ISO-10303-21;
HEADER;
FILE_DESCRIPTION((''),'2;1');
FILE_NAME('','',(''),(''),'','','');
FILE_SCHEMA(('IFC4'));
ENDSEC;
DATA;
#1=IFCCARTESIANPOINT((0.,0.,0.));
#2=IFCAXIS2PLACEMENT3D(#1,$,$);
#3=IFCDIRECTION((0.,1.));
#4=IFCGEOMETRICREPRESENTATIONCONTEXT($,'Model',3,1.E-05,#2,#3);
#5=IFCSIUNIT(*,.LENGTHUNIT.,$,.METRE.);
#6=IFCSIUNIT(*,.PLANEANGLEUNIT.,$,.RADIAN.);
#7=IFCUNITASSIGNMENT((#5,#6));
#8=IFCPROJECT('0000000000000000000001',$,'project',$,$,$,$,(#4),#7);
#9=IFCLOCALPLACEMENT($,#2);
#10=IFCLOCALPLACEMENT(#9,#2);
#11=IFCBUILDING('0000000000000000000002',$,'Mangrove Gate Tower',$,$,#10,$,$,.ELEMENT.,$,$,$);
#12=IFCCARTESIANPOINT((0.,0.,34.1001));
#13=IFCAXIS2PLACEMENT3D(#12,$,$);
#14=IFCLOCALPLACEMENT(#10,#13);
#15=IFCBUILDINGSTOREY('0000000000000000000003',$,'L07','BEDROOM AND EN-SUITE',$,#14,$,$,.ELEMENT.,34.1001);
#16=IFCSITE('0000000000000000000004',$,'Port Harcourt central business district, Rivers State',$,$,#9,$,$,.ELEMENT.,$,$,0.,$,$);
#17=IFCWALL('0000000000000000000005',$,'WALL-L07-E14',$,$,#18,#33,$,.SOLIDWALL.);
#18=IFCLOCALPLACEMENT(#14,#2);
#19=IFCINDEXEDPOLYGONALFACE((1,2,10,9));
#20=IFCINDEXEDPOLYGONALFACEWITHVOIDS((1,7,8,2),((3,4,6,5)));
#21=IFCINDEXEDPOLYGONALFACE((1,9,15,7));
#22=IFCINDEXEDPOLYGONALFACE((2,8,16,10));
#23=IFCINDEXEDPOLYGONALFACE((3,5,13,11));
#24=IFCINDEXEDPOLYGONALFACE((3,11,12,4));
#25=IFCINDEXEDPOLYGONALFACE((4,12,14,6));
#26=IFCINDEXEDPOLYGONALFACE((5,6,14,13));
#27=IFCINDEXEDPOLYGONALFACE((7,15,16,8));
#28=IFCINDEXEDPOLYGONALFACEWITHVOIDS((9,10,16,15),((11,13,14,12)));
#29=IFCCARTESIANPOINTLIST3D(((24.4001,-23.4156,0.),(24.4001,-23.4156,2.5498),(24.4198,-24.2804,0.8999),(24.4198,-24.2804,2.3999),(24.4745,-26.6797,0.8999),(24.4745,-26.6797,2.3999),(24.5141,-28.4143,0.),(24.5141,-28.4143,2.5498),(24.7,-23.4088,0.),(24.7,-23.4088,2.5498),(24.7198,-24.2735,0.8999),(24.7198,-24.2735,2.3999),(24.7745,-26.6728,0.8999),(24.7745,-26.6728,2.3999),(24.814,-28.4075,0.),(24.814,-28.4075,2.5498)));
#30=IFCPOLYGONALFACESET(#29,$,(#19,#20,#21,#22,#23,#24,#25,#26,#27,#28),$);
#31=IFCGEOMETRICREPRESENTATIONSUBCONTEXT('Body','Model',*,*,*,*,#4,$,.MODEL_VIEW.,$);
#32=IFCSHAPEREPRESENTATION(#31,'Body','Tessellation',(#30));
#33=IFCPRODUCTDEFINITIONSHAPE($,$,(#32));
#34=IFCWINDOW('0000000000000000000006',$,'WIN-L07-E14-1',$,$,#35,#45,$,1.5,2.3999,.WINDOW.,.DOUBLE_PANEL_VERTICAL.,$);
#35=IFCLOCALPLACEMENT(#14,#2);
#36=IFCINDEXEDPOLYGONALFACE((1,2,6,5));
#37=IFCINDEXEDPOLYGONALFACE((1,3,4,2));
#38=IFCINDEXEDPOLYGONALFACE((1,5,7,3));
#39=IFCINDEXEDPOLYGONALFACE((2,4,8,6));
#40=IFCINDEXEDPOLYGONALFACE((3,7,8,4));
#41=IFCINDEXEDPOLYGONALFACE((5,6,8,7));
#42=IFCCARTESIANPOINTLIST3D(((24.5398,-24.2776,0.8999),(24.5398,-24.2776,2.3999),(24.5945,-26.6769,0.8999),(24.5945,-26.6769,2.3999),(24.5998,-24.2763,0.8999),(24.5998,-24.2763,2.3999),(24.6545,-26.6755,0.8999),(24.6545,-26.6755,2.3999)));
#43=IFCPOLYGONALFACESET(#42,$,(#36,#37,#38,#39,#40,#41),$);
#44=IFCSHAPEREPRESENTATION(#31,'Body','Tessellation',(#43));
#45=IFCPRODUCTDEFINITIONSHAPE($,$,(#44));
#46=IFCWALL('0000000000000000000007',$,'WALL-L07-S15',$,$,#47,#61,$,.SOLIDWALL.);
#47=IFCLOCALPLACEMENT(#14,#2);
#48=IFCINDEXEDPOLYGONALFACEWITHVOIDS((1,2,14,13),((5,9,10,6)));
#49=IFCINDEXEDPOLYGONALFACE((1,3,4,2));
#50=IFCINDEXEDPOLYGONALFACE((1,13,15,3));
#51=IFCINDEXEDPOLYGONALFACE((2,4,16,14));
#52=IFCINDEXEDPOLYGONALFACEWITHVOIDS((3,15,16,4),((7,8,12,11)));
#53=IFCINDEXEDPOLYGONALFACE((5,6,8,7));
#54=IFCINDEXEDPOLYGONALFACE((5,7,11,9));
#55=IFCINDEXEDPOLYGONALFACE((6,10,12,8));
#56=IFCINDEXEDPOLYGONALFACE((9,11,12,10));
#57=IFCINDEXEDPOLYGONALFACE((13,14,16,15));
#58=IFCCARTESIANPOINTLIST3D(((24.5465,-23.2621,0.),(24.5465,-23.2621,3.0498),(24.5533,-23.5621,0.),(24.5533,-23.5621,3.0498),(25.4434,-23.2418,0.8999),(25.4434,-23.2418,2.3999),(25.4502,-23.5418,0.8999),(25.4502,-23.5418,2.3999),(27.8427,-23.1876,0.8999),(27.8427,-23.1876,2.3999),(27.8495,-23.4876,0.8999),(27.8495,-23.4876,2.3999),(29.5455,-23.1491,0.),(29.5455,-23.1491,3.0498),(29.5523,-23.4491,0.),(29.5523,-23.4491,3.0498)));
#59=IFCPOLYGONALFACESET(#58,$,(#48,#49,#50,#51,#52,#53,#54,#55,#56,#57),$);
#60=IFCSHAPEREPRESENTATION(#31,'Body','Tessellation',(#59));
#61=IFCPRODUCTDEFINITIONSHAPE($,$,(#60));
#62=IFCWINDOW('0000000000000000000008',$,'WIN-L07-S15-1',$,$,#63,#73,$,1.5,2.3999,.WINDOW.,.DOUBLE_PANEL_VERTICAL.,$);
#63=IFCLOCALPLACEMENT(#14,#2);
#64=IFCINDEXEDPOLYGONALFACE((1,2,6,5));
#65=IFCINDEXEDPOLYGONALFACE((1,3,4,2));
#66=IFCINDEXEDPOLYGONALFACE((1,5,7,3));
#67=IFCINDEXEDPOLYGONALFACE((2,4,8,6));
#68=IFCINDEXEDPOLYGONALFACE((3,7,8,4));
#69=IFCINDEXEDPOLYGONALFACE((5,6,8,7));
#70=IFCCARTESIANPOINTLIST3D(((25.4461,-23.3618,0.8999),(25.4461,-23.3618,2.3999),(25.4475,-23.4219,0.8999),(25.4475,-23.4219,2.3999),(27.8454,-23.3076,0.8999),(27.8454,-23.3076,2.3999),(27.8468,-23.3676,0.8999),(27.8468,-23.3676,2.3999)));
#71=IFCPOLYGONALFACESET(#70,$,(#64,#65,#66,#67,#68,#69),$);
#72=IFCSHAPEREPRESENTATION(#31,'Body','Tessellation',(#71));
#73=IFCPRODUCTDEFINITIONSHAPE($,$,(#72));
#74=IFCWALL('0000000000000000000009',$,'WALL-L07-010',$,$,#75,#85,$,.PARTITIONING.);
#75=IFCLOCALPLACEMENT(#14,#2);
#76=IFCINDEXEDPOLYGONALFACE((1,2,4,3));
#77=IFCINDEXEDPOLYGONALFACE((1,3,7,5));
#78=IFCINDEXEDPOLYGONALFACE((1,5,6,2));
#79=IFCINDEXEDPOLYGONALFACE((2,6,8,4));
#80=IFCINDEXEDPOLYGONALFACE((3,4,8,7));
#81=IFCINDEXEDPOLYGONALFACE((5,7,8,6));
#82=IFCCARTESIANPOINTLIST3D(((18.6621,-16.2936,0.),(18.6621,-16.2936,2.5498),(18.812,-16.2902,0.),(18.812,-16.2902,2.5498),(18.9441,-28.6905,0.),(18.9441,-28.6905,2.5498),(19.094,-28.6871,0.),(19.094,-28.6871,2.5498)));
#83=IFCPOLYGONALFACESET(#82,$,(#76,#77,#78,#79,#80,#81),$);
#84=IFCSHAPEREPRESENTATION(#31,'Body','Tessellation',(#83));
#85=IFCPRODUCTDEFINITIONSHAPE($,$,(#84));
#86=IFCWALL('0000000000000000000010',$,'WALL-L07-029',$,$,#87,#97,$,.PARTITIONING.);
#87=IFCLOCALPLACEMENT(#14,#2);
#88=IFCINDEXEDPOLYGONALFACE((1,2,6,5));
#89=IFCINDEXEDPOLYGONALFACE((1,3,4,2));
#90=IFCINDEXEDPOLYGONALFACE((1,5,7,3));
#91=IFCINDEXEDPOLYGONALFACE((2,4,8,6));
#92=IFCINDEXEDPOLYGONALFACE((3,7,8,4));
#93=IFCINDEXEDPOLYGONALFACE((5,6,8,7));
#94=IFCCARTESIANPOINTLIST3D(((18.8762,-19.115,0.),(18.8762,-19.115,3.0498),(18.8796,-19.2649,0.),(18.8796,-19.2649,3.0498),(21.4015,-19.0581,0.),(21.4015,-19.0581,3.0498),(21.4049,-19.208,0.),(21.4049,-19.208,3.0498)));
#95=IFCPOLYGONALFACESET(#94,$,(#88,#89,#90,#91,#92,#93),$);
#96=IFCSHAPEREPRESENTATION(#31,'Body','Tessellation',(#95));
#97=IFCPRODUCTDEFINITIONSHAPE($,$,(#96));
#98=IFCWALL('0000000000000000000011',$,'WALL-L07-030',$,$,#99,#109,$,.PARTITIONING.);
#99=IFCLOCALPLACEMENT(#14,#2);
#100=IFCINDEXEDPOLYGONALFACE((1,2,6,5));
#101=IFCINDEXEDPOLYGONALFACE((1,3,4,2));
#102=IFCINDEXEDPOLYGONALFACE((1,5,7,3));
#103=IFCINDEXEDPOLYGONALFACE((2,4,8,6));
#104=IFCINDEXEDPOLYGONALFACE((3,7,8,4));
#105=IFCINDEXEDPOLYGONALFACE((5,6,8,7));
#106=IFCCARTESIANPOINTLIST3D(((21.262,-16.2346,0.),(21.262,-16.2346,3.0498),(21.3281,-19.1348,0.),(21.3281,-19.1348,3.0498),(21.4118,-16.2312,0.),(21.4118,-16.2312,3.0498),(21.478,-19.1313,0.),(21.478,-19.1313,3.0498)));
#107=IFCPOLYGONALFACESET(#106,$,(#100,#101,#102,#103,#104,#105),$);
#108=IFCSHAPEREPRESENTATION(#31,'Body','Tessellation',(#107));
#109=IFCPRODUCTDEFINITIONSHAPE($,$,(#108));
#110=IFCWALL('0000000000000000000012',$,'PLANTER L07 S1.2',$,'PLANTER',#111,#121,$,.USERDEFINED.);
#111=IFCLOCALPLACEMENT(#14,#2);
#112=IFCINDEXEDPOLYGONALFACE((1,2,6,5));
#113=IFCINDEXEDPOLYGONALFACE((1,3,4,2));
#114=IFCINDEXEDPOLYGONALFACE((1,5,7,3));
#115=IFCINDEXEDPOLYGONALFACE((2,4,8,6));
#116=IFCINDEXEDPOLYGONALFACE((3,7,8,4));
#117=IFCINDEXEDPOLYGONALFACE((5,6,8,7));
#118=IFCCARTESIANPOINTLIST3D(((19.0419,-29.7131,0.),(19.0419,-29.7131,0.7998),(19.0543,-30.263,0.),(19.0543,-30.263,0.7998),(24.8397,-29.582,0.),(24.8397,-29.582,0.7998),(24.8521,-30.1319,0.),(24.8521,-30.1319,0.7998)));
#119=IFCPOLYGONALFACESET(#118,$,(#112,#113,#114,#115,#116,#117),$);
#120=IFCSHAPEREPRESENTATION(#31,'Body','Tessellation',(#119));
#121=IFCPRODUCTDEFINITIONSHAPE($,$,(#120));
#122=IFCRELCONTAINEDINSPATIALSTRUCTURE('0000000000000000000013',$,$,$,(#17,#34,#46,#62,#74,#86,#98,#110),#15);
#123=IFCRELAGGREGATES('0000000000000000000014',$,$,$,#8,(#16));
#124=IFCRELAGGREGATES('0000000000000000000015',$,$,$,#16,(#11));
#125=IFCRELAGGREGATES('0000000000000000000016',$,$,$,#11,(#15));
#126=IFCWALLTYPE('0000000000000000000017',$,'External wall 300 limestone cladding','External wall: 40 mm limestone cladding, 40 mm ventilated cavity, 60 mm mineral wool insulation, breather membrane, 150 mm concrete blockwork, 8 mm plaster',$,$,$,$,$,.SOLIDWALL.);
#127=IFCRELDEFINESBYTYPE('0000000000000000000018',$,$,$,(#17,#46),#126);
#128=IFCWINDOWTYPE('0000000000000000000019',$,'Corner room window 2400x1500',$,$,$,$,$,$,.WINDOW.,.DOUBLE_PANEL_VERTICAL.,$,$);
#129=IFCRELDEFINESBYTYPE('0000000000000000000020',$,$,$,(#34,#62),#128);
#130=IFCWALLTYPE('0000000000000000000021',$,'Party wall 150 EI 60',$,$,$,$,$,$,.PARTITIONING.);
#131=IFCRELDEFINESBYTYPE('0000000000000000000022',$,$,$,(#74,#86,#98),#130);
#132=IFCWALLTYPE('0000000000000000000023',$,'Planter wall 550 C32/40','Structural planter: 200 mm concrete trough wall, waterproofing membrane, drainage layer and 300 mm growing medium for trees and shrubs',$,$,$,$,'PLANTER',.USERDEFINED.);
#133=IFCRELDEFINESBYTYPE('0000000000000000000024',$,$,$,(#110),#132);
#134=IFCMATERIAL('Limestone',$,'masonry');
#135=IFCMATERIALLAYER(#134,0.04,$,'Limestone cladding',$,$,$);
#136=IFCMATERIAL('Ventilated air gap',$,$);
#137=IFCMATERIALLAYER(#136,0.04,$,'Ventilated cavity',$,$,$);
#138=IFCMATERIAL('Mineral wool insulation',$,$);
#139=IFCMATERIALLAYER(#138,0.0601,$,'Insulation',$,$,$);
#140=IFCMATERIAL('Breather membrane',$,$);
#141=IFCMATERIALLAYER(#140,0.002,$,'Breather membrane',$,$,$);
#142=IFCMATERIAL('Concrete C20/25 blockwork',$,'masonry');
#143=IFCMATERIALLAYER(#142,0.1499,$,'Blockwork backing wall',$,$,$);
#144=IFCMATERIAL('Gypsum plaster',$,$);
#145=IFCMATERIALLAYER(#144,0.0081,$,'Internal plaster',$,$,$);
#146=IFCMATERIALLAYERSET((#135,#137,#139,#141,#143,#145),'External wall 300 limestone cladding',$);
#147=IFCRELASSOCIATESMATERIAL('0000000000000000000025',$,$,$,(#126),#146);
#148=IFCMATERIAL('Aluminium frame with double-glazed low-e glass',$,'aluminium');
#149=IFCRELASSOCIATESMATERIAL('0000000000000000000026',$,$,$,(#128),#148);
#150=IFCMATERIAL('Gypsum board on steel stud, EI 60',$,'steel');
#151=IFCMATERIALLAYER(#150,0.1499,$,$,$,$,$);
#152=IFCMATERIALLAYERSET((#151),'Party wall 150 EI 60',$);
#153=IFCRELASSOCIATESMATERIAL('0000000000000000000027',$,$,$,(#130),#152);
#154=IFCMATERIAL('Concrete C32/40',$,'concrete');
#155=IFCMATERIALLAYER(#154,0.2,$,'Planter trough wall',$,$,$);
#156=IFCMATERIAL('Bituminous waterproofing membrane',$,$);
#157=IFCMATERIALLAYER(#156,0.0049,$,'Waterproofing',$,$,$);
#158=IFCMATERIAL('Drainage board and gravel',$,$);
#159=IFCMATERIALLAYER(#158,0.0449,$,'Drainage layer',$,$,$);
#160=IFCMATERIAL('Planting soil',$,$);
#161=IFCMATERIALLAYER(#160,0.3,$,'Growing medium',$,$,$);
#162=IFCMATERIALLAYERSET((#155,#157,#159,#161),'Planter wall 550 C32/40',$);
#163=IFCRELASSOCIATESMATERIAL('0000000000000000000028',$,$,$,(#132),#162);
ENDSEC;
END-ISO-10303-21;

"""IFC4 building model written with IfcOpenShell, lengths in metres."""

from ifc_helpers import new_model, si_unit, direction, frame, frame_2d, origin, place, context, subcontext, project, spatial, rectangle, extrude, material, layer, layer_set, type_object, element, fill, save


model = new_model("IFC4")

# Units and contexts
model_context = context("Model", 3, precision=1e-05, world=origin(), true_north=direction((0.0, 1.0)))
body_context = subcontext(model_context, "Body", "Model", "MODEL_VIEW")
ifc_project = project(units=[si_unit("LENGTHUNIT", "METRE"), si_unit("PLANEANGLEUNIT", "RADIAN")], contexts=[model_context])

# Site, building, storey
site_placement = place(None, origin())
site = spatial("IfcSite", under=ifc_project, at=site_placement, Name="Port Harcourt central business district, Rivers State", CompositionType="ELEMENT", RefElevation=0.0)
building_placement = place(site_placement, origin())
building = spatial("IfcBuilding", under=site, at=building_placement, Name="Mangrove Gate Tower", CompositionType="ELEMENT")
storey_placement = place(building_placement, frame((0.0, 0.0, 34.1001)))
storey = spatial("IfcBuildingStorey", under=building, at=storey_placement, Name="L07", Description="BEDROOM AND EN-SUITE", CompositionType="ELEMENT", Elevation=34.1001)

# Shared definitions
ifc_material_1 = material(Name="Limestone", Category="masonry")
ifc_layer_1 = layer(ifc_material_1, 0.04, Name="Limestone cladding")
ifc_material_2 = material(Name="Ventilated air gap")
ifc_layer_2 = layer(ifc_material_2, 0.04, Name="Ventilated cavity")
ifc_material_3 = material(Name="Mineral wool insulation")
ifc_layer_3 = layer(ifc_material_3, 0.0601, Name="Insulation")
ifc_material_4 = material(Name="Breather membrane")
ifc_layer_4 = layer(ifc_material_4, 0.002, Name="Breather membrane")
ifc_material_5 = material(Name="Concrete C20/25 blockwork", Category="masonry")
ifc_layer_5 = layer(ifc_material_5, 0.1499, Name="Blockwork backing wall")
ifc_material_6 = material(Name="Gypsum plaster")
ifc_layer_6 = layer(ifc_material_6, 0.0081, Name="Internal plaster")
ifc_layer_set_1 = layer_set([ifc_layer_1, ifc_layer_2, ifc_layer_3, ifc_layer_4, ifc_layer_5, ifc_layer_6], Name="External wall 300 limestone cladding")
wall_type_1 = type_object("IfcWallType", Name="External wall 300 limestone cladding", Description="External wall: 40 mm limestone cladding, 40 mm ventilated cavity, 60 mm mineral wool insulation, breather membrane, 150 mm concrete blockwork, 8 mm plaster", PredefinedType="SOLIDWALL", material=ifc_layer_set_1)
ifc_material_7 = material(Name="Aluminium frame with double-glazed low-e glass", Category="aluminium")
window_type = type_object("IfcWindowType", Name="Corner room window 2400x1500", PartitioningType="DOUBLE_PANEL_VERTICAL", PredefinedType="WINDOW", material=ifc_material_7)

# Walls, openings, windows
wall_1_placement = place(storey_placement, frame((24.6641, -28.4109, 0.0), z_axis=(0.0, 0.0, 1.0), x_axis=(-0.022802, 0.99974, 0.0)))
wall_1 = element("IfcWall", 1, at=wall_1_placement, inside=storey, type_object=wall_type_1, Name="WALL-L07-E14", PredefinedType="SOLIDWALL", context=body_context, shape_type="SweptSolid", body=[
    extrude(rectangle(XDim=5.0, YDim=0.3, at=frame_2d((2.5, 0.0))), origin(), (0.0, 0.0, 1.0), 2.5498),
])
opening_1_placement = place(wall_1_placement, frame((1.7351, 0.0, 0.8999)))
opening_1 = element("IfcOpeningElement", 2, at=opening_1_placement, cuts=wall_1, PredefinedType="OPENING", context=body_context, shape_type="SweptSolid", body=[
    extrude(rectangle(XDim=2.3999, YDim=1.5, at=frame_2d((1.2, 0.75))), frame((0.0, 0.1599, 0.0), z_axis=(0.0, -1.0, 0.0), x_axis=(1.0, 0.0, 0.0)), (0.0, 0.0, 1.0), 0.3201),
])
window_1_placement = place(opening_1_placement, origin())
window_1 = element("IfcWindow", 3, at=window_1_placement, inside=storey, type_object=window_type, Name="WIN-L07-E14-1", OverallHeight=1.5, OverallWidth=2.3999, PartitioningType="DOUBLE_PANEL_VERTICAL", PredefinedType="WINDOW", context=body_context, shape_type="SweptSolid", body=[
    extrude(rectangle(XDim=2.3999, YDim=1.5, at=frame_2d((1.2, 0.75))), frame((0.0, 0.03, 0.0), z_axis=(0.0, -1.0, 0.0), x_axis=(1.0, 0.0, 0.0)), (0.0, 0.0, 1.0), 0.0601),
])
fill(opening_1, window_1)
wall_2_placement = place(storey_placement, frame((24.55, -23.4121, 0.0), z_axis=(0.0, 0.0, 1.0), x_axis=(0.999744, 0.022606, 0.0)))
wall_2 = element("IfcWall", 4, at=wall_2_placement, inside=storey, type_object=wall_type_1, Name="WALL-L07-S15", PredefinedType="SOLIDWALL", context=body_context, shape_type="SweptSolid", body=[
    extrude(rectangle(XDim=5.0002, YDim=0.3, at=frame_2d((2.5, 0.0))), origin(), (0.0, 0.0, 1.0), 3.0498),
])
opening_2_placement = place(wall_2_placement, frame((0.897, 0.0, 0.8999)))
opening_2 = element("IfcOpeningElement", 5, at=opening_2_placement, cuts=wall_2, PredefinedType="OPENING", context=body_context, shape_type="SweptSolid", body=[
    extrude(rectangle(XDim=2.3999, YDim=1.5, at=frame_2d((1.2, 0.75))), frame((0.0, 0.1599, 0.0), z_axis=(0.0, -1.0, 0.0), x_axis=(1.0, 0.0, 0.0)), (0.0, 0.0, 1.0), 0.3201),
])
window_2_placement = place(opening_2_placement, origin())
window_2 = element("IfcWindow", 6, at=window_2_placement, inside=storey, type_object=window_type, Name="WIN-L07-S15-1", OverallHeight=1.5, OverallWidth=2.3999, PartitioningType="DOUBLE_PANEL_VERTICAL", PredefinedType="WINDOW", context=body_context, shape_type="SweptSolid", body=[
    extrude(rectangle(XDim=2.3999, YDim=1.5, at=frame_2d((1.2, 0.75))), frame((0.0, 0.03, 0.0), z_axis=(0.0, -1.0, 0.0), x_axis=(1.0, 0.0, 0.0)), (0.0, 0.0, 1.0), 0.0601),
])
fill(opening_2, window_2)

# Walls
ifc_material_8 = material(Name="Gypsum board on steel stud, EI 60", Category="steel")
ifc_layer_7 = layer(ifc_material_8, 0.1499)
ifc_layer_set_2 = layer_set([ifc_layer_7], Name="Party wall 150 EI 60")
wall_type_2 = type_object("IfcWallType", Name="Party wall 150 EI 60", PredefinedType="PARTITIONING", material=ifc_layer_set_2)
wall_3_placement = place(storey_placement, frame((19.019, -28.689, 0.0), z_axis=(0.0, 0.0, 1.0), x_axis=(-0.02274, 0.999741, 0.0)))
element("IfcWall", 7, at=wall_3_placement, inside=storey, type_object=wall_type_2, Name="WALL-L07-010", PredefinedType="PARTITIONING", context=body_context, shape_type="SweptSolid", body=[
    extrude(rectangle(XDim=12.4001, YDim=0.1499, at=frame_2d((6.2002, 0.0))), origin(), (0.0, 0.0, 1.0), 2.5498),
])
wall_4_placement = place(storey_placement, frame((18.8779, -19.1899, 0.0), z_axis=(0.0, 0.0, 1.0), x_axis=(0.999746, 0.022522, 0.0)))
element("IfcWall", 8, at=wall_4_placement, inside=storey, type_object=wall_type_2, Name="WALL-L07-029", PredefinedType="PARTITIONING", context=body_context, shape_type="SweptSolid", body=[
    extrude(rectangle(XDim=2.5259, YDim=0.1499, at=frame_2d((1.2629, 0.0))), origin(), (0.0, 0.0, 1.0), 3.0498),
])
wall_5_placement = place(storey_placement, frame((21.4031, -19.1331, 0.0), z_axis=(0.0, 0.0, 1.0), x_axis=(-0.022807, 0.99974, 0.0)))
element("IfcWall", 9, at=wall_5_placement, inside=storey, type_object=wall_type_2, Name="WALL-L07-030", PredefinedType="PARTITIONING", context=body_context, shape_type="SweptSolid", body=[
    extrude(rectangle(XDim=2.9009, YDim=0.1499, at=frame_2d((1.4504, 0.0))), origin(), (0.0, 0.0, 1.0), 3.0498),
])
ifc_material_9 = material(Name="Concrete C32/40", Category="concrete")
ifc_layer_8 = layer(ifc_material_9, 0.2, Name="Planter trough wall")
ifc_material_10 = material(Name="Bituminous waterproofing membrane")
ifc_layer_9 = layer(ifc_material_10, 0.0049, Name="Waterproofing")
ifc_material_11 = material(Name="Drainage board and gravel")
ifc_layer_10 = layer(ifc_material_11, 0.0449, Name="Drainage layer")
ifc_material_12 = material(Name="Planting soil")
ifc_layer_11 = layer(ifc_material_12, 0.3, Name="Growing medium")
ifc_layer_set_3 = layer_set([ifc_layer_8, ifc_layer_9, ifc_layer_10, ifc_layer_11], Name="Planter wall 550 C32/40")
wall_type_3 = type_object("IfcWallType", Name="Planter wall 550 C32/40", Description="Structural planter: 200 mm concrete trough wall, waterproofing membrane, drainage layer and 300 mm growing medium for trees and shrubs", ElementType="PLANTER", PredefinedType="USERDEFINED", material=ifc_layer_set_3)
wall_6_placement = place(storey_placement, frame((19.0481, -29.988, 0.0), z_axis=(0.0, 0.0, 1.0), x_axis=(0.999744, 0.022607, 0.0)))
element("IfcWall", 10, at=wall_6_placement, inside=storey, type_object=wall_type_3, Name="PLANTER L07 S1.2", ObjectType="PLANTER", PredefinedType="USERDEFINED", context=body_context, shape_type="SweptSolid", body=[
    extrude(rectangle(XDim=5.7993, YDim=0.55, at=frame_2d((2.8997, 0.0))), origin(), (0.0, 0.0, 1.0), 0.7998),
])

save(model, "model.ifc")
